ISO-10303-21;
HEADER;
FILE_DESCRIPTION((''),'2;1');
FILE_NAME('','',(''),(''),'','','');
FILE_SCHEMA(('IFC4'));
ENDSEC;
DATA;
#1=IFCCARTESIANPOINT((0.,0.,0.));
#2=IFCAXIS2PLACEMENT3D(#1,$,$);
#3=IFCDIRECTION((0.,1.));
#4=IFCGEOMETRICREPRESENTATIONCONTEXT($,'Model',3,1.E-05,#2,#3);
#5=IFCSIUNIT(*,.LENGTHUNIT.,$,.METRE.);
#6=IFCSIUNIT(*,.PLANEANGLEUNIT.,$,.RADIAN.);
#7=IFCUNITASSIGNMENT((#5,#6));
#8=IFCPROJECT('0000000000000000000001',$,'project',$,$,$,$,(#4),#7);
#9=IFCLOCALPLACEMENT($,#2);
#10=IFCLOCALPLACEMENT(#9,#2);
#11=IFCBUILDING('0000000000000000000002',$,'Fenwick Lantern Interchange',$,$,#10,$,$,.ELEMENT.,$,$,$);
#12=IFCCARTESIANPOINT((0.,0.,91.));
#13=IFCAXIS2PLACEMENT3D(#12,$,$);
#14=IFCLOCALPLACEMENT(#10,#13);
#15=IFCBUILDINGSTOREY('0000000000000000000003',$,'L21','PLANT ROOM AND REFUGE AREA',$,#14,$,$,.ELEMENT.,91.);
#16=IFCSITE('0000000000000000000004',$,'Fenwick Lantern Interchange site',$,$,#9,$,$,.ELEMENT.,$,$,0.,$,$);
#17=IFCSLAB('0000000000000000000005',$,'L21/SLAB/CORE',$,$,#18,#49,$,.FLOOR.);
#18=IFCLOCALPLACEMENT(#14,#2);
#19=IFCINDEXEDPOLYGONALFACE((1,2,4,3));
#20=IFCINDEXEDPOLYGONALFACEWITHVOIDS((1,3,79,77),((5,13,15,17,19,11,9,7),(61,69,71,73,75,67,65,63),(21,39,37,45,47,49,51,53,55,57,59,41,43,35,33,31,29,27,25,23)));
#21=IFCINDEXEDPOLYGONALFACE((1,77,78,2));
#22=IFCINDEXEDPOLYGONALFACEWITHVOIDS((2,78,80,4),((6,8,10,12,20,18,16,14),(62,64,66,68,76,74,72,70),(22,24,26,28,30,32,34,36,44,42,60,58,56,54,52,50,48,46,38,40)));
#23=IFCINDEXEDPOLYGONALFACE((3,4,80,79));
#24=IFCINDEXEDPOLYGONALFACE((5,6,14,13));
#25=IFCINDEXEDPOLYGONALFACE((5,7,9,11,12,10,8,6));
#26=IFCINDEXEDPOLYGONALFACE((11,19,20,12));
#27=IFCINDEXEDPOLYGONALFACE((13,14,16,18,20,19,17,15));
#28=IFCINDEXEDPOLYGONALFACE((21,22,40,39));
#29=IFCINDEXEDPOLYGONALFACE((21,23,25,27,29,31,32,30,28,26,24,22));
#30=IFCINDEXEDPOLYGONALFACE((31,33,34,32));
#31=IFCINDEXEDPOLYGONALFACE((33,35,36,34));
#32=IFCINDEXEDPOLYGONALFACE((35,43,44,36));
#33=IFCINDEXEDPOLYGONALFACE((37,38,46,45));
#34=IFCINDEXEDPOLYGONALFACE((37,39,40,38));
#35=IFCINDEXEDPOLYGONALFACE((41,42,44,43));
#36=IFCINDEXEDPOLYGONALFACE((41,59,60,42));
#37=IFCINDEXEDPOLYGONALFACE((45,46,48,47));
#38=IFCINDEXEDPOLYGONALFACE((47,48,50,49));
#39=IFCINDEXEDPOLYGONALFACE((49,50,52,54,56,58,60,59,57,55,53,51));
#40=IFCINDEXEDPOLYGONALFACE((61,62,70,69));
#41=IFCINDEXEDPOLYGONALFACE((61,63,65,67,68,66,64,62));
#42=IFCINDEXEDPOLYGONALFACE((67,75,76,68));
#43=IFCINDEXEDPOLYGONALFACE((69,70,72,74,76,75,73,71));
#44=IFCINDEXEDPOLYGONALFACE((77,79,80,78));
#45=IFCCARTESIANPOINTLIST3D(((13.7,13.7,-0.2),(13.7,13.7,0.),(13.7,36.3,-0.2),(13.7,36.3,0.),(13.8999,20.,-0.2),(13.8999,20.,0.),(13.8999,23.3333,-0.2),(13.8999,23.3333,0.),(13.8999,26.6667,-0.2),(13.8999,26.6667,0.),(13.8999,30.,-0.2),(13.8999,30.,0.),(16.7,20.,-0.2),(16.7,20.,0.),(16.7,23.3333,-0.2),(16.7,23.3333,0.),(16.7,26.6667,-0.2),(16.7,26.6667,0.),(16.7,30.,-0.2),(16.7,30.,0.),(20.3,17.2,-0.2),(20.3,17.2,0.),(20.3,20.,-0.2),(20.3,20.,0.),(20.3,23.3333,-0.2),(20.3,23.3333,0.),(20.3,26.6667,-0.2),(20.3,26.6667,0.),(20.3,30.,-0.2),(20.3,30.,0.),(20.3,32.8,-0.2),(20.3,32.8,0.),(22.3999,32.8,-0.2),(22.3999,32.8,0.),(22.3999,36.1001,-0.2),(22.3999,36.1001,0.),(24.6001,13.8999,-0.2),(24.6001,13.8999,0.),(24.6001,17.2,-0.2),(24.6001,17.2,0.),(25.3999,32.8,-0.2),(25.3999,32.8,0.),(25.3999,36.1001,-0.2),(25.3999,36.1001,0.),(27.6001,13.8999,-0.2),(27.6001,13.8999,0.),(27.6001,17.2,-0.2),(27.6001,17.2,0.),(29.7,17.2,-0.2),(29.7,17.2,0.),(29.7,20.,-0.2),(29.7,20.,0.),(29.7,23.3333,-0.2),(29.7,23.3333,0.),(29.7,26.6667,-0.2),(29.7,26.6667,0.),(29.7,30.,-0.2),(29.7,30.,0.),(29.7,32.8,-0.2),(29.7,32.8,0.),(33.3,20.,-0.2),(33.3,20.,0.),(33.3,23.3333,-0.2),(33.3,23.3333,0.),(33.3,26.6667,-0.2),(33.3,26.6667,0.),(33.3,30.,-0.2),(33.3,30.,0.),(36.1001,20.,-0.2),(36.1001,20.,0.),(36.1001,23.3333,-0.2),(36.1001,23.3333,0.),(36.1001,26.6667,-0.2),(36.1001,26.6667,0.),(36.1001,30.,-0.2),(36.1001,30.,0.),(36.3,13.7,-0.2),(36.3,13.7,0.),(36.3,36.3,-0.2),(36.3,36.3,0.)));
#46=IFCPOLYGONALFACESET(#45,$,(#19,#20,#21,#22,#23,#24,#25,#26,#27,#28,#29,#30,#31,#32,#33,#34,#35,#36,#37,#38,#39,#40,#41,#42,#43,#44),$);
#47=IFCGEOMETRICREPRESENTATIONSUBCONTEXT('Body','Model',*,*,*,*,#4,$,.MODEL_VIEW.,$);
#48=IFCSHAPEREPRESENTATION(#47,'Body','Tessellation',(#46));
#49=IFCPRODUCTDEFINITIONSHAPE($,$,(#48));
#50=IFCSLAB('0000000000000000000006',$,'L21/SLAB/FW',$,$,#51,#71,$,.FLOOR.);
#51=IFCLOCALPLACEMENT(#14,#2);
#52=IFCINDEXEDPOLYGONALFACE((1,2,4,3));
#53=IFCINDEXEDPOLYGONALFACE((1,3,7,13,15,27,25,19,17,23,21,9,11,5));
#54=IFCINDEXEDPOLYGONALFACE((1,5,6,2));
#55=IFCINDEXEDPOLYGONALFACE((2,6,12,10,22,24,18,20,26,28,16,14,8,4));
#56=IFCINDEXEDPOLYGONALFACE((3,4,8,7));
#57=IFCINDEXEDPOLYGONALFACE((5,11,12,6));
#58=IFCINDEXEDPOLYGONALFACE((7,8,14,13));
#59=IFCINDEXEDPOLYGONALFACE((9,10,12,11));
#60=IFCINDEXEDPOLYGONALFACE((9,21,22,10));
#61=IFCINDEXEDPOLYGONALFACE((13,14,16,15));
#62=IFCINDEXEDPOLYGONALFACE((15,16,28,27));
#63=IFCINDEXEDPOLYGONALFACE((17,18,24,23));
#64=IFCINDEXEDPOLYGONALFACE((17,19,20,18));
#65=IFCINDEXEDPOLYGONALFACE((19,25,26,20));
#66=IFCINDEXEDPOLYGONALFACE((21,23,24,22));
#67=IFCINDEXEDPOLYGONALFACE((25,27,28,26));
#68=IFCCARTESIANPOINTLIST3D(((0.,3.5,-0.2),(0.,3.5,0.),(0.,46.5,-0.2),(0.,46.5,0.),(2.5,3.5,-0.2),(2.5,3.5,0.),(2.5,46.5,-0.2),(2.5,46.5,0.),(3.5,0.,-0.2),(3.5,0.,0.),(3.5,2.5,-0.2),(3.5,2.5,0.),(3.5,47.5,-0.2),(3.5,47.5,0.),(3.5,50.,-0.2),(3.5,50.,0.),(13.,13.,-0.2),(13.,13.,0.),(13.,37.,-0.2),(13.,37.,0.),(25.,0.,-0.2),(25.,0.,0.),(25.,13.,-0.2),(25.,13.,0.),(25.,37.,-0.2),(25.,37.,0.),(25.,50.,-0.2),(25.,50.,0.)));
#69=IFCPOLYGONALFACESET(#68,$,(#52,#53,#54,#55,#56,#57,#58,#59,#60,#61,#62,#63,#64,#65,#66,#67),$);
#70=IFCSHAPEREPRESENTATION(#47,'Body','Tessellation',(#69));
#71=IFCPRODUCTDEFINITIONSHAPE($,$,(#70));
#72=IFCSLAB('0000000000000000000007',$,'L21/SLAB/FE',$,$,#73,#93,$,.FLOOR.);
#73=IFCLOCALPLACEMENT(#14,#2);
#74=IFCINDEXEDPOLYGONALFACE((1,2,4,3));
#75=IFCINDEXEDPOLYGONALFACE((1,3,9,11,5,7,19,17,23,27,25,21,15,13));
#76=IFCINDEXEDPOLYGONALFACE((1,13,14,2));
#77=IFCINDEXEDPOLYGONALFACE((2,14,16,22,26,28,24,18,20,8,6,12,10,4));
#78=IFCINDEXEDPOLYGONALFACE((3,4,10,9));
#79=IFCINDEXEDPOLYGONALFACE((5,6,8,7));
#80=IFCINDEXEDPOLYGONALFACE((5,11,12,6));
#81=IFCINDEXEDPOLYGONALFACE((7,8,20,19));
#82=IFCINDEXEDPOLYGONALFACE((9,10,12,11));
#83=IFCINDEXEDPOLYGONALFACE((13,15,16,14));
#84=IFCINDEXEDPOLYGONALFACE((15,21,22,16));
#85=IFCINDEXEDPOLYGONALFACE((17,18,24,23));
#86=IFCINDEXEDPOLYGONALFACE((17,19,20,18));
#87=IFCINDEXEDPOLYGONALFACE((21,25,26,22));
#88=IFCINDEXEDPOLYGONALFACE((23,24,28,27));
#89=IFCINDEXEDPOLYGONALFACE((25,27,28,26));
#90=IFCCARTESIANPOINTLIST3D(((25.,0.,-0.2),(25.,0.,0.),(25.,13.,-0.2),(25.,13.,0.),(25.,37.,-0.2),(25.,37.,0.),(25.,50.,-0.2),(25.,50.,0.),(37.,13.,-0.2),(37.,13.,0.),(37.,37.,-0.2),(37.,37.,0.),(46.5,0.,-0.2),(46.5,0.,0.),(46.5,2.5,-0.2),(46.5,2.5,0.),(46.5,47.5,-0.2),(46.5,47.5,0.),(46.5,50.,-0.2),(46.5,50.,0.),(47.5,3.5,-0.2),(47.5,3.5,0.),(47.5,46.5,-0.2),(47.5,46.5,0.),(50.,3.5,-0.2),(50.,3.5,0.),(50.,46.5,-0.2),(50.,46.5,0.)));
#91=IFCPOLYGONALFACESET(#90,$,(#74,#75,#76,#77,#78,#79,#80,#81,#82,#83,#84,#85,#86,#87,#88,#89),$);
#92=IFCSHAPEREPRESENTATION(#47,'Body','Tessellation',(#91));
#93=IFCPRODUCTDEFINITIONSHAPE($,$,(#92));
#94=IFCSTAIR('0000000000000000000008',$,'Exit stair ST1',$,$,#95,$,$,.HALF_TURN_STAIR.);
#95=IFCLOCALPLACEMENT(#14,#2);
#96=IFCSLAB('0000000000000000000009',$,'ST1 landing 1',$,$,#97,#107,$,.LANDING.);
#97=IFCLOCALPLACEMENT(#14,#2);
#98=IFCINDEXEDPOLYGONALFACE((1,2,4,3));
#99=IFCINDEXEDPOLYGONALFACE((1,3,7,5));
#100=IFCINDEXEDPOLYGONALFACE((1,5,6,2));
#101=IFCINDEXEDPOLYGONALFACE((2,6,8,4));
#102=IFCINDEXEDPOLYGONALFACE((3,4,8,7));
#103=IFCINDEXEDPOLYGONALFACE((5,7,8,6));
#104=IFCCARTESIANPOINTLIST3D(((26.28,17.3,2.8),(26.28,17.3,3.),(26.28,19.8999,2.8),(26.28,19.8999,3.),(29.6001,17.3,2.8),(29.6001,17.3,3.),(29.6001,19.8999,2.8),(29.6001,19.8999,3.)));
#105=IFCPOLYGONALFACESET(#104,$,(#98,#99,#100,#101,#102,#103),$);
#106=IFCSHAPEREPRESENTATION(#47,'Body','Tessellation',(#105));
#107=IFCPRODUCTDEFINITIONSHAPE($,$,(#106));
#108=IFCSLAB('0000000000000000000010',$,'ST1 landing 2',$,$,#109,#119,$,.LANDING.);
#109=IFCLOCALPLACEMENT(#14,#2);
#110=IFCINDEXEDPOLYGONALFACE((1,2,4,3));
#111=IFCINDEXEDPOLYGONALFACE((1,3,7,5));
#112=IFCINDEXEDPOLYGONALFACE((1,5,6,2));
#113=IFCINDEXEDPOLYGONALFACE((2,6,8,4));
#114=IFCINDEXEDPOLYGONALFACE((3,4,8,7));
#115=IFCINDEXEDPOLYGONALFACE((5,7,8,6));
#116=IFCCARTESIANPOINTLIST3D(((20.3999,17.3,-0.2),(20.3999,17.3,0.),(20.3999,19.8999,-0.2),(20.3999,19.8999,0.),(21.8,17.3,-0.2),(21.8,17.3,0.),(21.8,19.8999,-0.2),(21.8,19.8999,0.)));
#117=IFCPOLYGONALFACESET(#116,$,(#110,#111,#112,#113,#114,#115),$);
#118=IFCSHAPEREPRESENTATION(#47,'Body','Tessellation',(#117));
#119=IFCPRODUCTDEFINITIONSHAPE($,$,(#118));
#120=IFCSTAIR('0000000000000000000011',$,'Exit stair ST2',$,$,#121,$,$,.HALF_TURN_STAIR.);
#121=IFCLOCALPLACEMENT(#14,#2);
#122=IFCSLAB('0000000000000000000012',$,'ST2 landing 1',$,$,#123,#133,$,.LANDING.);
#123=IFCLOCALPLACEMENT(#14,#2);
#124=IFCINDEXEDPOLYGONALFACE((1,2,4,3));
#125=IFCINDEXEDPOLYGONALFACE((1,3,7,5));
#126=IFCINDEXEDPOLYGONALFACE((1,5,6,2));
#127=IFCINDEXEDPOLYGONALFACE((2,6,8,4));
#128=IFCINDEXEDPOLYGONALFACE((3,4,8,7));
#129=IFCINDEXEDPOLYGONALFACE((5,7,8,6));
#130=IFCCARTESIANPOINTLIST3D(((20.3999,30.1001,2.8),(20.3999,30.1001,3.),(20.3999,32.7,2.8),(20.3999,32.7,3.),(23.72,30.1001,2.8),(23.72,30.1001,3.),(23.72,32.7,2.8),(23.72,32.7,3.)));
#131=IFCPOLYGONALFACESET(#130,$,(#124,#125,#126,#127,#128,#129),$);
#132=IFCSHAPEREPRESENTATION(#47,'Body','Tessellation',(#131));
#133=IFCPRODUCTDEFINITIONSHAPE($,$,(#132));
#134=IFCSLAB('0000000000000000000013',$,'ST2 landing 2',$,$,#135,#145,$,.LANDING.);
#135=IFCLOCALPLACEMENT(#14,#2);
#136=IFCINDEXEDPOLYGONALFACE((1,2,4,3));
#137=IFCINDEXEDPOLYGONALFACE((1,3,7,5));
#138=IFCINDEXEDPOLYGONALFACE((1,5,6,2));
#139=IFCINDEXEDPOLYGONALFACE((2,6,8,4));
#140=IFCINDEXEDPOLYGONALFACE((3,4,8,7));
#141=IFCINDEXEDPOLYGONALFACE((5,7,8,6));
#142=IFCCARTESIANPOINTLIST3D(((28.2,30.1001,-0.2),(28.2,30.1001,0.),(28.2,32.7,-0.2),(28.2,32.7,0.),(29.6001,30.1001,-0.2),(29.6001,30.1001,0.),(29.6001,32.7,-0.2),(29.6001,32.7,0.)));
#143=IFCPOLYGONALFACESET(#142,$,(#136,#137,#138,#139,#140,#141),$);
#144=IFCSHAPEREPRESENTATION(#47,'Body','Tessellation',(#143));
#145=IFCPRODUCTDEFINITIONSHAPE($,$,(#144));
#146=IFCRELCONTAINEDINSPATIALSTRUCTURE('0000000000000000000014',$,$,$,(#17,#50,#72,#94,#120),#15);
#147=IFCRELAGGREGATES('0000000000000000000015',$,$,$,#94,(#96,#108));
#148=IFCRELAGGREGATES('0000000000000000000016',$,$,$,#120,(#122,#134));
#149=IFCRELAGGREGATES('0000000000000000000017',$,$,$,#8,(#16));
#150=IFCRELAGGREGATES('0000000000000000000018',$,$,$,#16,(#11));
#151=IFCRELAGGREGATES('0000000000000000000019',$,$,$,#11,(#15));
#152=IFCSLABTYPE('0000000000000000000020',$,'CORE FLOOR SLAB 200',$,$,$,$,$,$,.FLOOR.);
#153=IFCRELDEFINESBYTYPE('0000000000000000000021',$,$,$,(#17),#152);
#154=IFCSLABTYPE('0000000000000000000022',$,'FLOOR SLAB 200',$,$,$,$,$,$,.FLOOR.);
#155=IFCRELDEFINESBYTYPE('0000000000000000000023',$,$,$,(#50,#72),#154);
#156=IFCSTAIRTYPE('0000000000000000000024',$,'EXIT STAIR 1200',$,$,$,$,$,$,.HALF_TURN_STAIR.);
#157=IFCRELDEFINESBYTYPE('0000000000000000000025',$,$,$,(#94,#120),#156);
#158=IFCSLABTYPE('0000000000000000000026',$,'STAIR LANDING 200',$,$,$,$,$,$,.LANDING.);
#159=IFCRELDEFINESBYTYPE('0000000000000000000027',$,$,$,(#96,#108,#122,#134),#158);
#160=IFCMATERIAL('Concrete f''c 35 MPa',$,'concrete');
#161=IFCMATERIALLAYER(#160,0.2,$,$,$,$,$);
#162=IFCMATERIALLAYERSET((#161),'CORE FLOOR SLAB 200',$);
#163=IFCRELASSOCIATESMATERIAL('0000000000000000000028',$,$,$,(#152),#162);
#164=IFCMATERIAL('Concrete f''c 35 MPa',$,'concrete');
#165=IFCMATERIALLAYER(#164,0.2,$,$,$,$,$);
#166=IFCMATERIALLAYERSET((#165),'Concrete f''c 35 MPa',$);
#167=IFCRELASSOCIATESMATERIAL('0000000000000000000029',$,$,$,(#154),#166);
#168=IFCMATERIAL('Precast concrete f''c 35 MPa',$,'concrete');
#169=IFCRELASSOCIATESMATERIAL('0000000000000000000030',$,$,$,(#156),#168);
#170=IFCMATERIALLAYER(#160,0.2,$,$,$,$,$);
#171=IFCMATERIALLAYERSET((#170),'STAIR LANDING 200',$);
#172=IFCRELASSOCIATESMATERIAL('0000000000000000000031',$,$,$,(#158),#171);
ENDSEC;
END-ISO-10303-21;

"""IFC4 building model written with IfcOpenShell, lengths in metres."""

from ifc_helpers import new_model, si_unit, direction, frame, origin, place, context, subcontext, project, spatial, polyline, outline, extrude, material, layer, layer_set, type_object, element, aggregate, save


model = new_model("IFC4")

# Units and contexts
model_context = context("Model", 3, precision=1e-05, world=origin(), true_north=direction((0.0, 1.0)))
body_context = subcontext(model_context, "Body", "Model", "MODEL_VIEW")
ifc_project = project(units=[si_unit("LENGTHUNIT", "METRE"), si_unit("PLANEANGLEUNIT", "RADIAN")], contexts=[model_context])

# Site, building, storey
site_placement = place(None, origin())
site = spatial("IfcSite", under=ifc_project, at=site_placement, Name="Fenwick Lantern Interchange site", CompositionType="ELEMENT", RefElevation=0.0)
building_placement = place(site_placement, origin())
building = spatial("IfcBuilding", under=site, at=building_placement, Name="Fenwick Lantern Interchange", CompositionType="ELEMENT")
storey_placement = place(building_placement, frame((0.0, 0.0, 91.0)))
storey = spatial("IfcBuildingStorey", under=building, at=storey_placement, Name="L21", Description="PLANT ROOM AND REFUGE AREA", CompositionType="ELEMENT", Elevation=91.0)

# Slabs
ifc_material_1 = material(Name="Concrete f'c 35 MPa", Category="concrete")
ifc_layer_1 = layer(ifc_material_1, 0.2)
ifc_layer_set_1 = layer_set([ifc_layer_1], Name="CORE FLOOR SLAB 200")
slab_type_1 = type_object("IfcSlabType", Name="CORE FLOOR SLAB 200", PredefinedType="FLOOR", material=ifc_layer_set_1)
slab_1_placement = place(storey_placement, frame((0.0, 0.0, -0.2)))
element("IfcSlab", 1, at=slab_1_placement, inside=storey, type_object=slab_type_1, Name="L21/SLAB/CORE", PredefinedType="FLOOR", context=body_context, shape_type="SweptSolid", body=[
    extrude(outline(polyline([(13.7, 36.3), (36.3, 36.3), (36.3, 13.7), (13.7, 13.7), (13.7, 36.3)]), holes=[polyline([(13.8999, 20.0), (16.7, 20.0), (16.7, 23.3333), (16.7, 26.6667), (16.7, 30.0), (13.8999, 30.0), (13.8999, 26.6667), (13.8999, 23.3333), (13.8999, 20.0)]), polyline([(20.3, 20.0), (20.3, 17.2), (24.6001, 17.2), (24.6001, 13.8999), (27.6001, 13.8999), (27.6001, 17.2), (29.7, 17.2), (29.7, 20.0), (29.7, 23.3333), (29.7, 26.6667), (29.7, 30.0), (29.7, 32.8), (25.3999, 32.8), (25.3999, 36.1001), (22.3999, 36.1001), (22.3999, 32.8), (20.3, 32.8), (20.3, 30.0), (20.3, 26.6667), (20.3, 23.3333), (20.3, 20.0)]), polyline([(33.3, 23.3333), (33.3, 20.0), (36.1001, 20.0), (36.1001, 23.3333), (36.1001, 26.6667), (36.1001, 30.0), (33.3, 30.0), (33.3, 26.6667), (33.3, 23.3333)])]), origin(), (0.0, 0.0, 1.0), 0.2),
])
ifc_material_2 = material(Name="Concrete f'c 35 MPa", Category="concrete")
ifc_layer_2 = layer(ifc_material_2, 0.2)
ifc_layer_set_2 = layer_set([ifc_layer_2], Name="Concrete f'c 35 MPa")
slab_type_2 = type_object("IfcSlabType", Name="FLOOR SLAB 200", PredefinedType="FLOOR", material=ifc_layer_set_2)
slab_2_placement = place(storey_placement, frame((0.0, 0.0, -0.2)))
element("IfcSlab", 2, at=slab_2_placement, inside=storey, type_object=slab_type_2, Name="L21/SLAB/FW", PredefinedType="FLOOR", context=body_context, shape_type="SweptSolid", body=[
    extrude(outline(polyline([(3.5, 0.0), (3.5, 2.5), (2.5, 3.5), (0.0, 3.5), (0.0, 46.5), (2.5, 46.5), (3.5, 47.5), (3.5, 50.0), (25.0, 50.0), (25.0, 37.0), (13.0, 37.0), (13.0, 13.0), (25.0, 13.0), (25.0, 0.0), (3.5, 0.0)])), origin(), (0.0, 0.0, 1.0), 0.2),
])
slab_3_placement = place(storey_placement, frame((0.0, 0.0, -0.2)))
element("IfcSlab", 3, at=slab_3_placement, inside=storey, type_object=slab_type_2, Name="L21/SLAB/FE", PredefinedType="FLOOR", context=body_context, shape_type="SweptSolid", body=[
    extrude(outline(polyline([(46.5, 50.0), (46.5, 47.5), (47.5, 46.5), (50.0, 46.5), (50.0, 3.5), (47.5, 3.5), (46.5, 2.5), (46.5, 0.0), (25.0, 0.0), (25.0, 13.0), (37.0, 13.0), (37.0, 37.0), (25.0, 37.0), (25.0, 50.0), (46.5, 50.0)])), origin(), (0.0, 0.0, 1.0), 0.2),
])

# Stairs, slabs
ifc_material_3 = material(Name="Precast concrete f'c 35 MPa", Category="concrete")
stair_type = type_object("IfcStairType", Name="EXIT STAIR 1200", PredefinedType="HALF_TURN_STAIR", material=ifc_material_3)
stair_1_placement = place(storey_placement, origin())
stair_1 = element("IfcStair", 4, at=stair_1_placement, inside=storey, type_object=stair_type, Name="Exit stair ST1", PredefinedType="HALF_TURN_STAIR")
ifc_layer_3 = layer(ifc_material_1, 0.2)
ifc_layer_set_3 = layer_set([ifc_layer_3], Name="STAIR LANDING 200")
slab_type_3 = type_object("IfcSlabType", Name="STAIR LANDING 200", PredefinedType="LANDING", material=ifc_layer_set_3)
slab_4_placement = place(storey_placement, frame((0.0, 0.0, 2.8)))
slab_4 = element("IfcSlab", 5, at=slab_4_placement, type_object=slab_type_3, Name="ST1 landing 1", PredefinedType="LANDING", context=body_context, shape_type="SweptSolid", body=[
    extrude(outline(polyline([(26.28, 17.3), (29.6001, 17.3), (29.6001, 19.8999), (26.28, 19.8999), (26.28, 17.3)])), origin(), (0.0, 0.0, 1.0), 0.2),
])
slab_5_placement = place(storey_placement, frame((0.0, 0.0, -0.2)))
slab_5 = element("IfcSlab", 6, at=slab_5_placement, type_object=slab_type_3, Name="ST1 landing 2", PredefinedType="LANDING", context=body_context, shape_type="SweptSolid", body=[
    extrude(outline(polyline([(20.3999, 17.3), (21.8, 17.3), (21.8, 19.8999), (20.3999, 19.8999), (20.3999, 17.3)])), origin(), (0.0, 0.0, 1.0), 0.2),
])
aggregate(stair_1, [slab_4, slab_5])
stair_2_placement = place(storey_placement, origin())
stair_2 = element("IfcStair", 7, at=stair_2_placement, inside=storey, type_object=stair_type, Name="Exit stair ST2", PredefinedType="HALF_TURN_STAIR")
slab_6_placement = place(storey_placement, frame((0.0, 0.0, 2.8)))
slab_6 = element("IfcSlab", 8, at=slab_6_placement, type_object=slab_type_3, Name="ST2 landing 1", PredefinedType="LANDING", context=body_context, shape_type="SweptSolid", body=[
    extrude(outline(polyline([(23.72, 32.7), (20.3999, 32.7), (20.3999, 30.1001), (23.72, 30.1001), (23.72, 32.7)])), origin(), (0.0, 0.0, 1.0), 0.2),
])
slab_7_placement = place(storey_placement, frame((0.0, 0.0, -0.2)))
slab_7 = element("IfcSlab", 9, at=slab_7_placement, type_object=slab_type_3, Name="ST2 landing 2", PredefinedType="LANDING", context=body_context, shape_type="SweptSolid", body=[
    extrude(outline(polyline([(29.6001, 32.7), (28.2, 32.7), (28.2, 30.1001), (29.6001, 30.1001), (29.6001, 32.7)])), origin(), (0.0, 0.0, 1.0), 0.2),
])
aggregate(stair_2, [slab_6, slab_7])

save(model, "model.ifc")
